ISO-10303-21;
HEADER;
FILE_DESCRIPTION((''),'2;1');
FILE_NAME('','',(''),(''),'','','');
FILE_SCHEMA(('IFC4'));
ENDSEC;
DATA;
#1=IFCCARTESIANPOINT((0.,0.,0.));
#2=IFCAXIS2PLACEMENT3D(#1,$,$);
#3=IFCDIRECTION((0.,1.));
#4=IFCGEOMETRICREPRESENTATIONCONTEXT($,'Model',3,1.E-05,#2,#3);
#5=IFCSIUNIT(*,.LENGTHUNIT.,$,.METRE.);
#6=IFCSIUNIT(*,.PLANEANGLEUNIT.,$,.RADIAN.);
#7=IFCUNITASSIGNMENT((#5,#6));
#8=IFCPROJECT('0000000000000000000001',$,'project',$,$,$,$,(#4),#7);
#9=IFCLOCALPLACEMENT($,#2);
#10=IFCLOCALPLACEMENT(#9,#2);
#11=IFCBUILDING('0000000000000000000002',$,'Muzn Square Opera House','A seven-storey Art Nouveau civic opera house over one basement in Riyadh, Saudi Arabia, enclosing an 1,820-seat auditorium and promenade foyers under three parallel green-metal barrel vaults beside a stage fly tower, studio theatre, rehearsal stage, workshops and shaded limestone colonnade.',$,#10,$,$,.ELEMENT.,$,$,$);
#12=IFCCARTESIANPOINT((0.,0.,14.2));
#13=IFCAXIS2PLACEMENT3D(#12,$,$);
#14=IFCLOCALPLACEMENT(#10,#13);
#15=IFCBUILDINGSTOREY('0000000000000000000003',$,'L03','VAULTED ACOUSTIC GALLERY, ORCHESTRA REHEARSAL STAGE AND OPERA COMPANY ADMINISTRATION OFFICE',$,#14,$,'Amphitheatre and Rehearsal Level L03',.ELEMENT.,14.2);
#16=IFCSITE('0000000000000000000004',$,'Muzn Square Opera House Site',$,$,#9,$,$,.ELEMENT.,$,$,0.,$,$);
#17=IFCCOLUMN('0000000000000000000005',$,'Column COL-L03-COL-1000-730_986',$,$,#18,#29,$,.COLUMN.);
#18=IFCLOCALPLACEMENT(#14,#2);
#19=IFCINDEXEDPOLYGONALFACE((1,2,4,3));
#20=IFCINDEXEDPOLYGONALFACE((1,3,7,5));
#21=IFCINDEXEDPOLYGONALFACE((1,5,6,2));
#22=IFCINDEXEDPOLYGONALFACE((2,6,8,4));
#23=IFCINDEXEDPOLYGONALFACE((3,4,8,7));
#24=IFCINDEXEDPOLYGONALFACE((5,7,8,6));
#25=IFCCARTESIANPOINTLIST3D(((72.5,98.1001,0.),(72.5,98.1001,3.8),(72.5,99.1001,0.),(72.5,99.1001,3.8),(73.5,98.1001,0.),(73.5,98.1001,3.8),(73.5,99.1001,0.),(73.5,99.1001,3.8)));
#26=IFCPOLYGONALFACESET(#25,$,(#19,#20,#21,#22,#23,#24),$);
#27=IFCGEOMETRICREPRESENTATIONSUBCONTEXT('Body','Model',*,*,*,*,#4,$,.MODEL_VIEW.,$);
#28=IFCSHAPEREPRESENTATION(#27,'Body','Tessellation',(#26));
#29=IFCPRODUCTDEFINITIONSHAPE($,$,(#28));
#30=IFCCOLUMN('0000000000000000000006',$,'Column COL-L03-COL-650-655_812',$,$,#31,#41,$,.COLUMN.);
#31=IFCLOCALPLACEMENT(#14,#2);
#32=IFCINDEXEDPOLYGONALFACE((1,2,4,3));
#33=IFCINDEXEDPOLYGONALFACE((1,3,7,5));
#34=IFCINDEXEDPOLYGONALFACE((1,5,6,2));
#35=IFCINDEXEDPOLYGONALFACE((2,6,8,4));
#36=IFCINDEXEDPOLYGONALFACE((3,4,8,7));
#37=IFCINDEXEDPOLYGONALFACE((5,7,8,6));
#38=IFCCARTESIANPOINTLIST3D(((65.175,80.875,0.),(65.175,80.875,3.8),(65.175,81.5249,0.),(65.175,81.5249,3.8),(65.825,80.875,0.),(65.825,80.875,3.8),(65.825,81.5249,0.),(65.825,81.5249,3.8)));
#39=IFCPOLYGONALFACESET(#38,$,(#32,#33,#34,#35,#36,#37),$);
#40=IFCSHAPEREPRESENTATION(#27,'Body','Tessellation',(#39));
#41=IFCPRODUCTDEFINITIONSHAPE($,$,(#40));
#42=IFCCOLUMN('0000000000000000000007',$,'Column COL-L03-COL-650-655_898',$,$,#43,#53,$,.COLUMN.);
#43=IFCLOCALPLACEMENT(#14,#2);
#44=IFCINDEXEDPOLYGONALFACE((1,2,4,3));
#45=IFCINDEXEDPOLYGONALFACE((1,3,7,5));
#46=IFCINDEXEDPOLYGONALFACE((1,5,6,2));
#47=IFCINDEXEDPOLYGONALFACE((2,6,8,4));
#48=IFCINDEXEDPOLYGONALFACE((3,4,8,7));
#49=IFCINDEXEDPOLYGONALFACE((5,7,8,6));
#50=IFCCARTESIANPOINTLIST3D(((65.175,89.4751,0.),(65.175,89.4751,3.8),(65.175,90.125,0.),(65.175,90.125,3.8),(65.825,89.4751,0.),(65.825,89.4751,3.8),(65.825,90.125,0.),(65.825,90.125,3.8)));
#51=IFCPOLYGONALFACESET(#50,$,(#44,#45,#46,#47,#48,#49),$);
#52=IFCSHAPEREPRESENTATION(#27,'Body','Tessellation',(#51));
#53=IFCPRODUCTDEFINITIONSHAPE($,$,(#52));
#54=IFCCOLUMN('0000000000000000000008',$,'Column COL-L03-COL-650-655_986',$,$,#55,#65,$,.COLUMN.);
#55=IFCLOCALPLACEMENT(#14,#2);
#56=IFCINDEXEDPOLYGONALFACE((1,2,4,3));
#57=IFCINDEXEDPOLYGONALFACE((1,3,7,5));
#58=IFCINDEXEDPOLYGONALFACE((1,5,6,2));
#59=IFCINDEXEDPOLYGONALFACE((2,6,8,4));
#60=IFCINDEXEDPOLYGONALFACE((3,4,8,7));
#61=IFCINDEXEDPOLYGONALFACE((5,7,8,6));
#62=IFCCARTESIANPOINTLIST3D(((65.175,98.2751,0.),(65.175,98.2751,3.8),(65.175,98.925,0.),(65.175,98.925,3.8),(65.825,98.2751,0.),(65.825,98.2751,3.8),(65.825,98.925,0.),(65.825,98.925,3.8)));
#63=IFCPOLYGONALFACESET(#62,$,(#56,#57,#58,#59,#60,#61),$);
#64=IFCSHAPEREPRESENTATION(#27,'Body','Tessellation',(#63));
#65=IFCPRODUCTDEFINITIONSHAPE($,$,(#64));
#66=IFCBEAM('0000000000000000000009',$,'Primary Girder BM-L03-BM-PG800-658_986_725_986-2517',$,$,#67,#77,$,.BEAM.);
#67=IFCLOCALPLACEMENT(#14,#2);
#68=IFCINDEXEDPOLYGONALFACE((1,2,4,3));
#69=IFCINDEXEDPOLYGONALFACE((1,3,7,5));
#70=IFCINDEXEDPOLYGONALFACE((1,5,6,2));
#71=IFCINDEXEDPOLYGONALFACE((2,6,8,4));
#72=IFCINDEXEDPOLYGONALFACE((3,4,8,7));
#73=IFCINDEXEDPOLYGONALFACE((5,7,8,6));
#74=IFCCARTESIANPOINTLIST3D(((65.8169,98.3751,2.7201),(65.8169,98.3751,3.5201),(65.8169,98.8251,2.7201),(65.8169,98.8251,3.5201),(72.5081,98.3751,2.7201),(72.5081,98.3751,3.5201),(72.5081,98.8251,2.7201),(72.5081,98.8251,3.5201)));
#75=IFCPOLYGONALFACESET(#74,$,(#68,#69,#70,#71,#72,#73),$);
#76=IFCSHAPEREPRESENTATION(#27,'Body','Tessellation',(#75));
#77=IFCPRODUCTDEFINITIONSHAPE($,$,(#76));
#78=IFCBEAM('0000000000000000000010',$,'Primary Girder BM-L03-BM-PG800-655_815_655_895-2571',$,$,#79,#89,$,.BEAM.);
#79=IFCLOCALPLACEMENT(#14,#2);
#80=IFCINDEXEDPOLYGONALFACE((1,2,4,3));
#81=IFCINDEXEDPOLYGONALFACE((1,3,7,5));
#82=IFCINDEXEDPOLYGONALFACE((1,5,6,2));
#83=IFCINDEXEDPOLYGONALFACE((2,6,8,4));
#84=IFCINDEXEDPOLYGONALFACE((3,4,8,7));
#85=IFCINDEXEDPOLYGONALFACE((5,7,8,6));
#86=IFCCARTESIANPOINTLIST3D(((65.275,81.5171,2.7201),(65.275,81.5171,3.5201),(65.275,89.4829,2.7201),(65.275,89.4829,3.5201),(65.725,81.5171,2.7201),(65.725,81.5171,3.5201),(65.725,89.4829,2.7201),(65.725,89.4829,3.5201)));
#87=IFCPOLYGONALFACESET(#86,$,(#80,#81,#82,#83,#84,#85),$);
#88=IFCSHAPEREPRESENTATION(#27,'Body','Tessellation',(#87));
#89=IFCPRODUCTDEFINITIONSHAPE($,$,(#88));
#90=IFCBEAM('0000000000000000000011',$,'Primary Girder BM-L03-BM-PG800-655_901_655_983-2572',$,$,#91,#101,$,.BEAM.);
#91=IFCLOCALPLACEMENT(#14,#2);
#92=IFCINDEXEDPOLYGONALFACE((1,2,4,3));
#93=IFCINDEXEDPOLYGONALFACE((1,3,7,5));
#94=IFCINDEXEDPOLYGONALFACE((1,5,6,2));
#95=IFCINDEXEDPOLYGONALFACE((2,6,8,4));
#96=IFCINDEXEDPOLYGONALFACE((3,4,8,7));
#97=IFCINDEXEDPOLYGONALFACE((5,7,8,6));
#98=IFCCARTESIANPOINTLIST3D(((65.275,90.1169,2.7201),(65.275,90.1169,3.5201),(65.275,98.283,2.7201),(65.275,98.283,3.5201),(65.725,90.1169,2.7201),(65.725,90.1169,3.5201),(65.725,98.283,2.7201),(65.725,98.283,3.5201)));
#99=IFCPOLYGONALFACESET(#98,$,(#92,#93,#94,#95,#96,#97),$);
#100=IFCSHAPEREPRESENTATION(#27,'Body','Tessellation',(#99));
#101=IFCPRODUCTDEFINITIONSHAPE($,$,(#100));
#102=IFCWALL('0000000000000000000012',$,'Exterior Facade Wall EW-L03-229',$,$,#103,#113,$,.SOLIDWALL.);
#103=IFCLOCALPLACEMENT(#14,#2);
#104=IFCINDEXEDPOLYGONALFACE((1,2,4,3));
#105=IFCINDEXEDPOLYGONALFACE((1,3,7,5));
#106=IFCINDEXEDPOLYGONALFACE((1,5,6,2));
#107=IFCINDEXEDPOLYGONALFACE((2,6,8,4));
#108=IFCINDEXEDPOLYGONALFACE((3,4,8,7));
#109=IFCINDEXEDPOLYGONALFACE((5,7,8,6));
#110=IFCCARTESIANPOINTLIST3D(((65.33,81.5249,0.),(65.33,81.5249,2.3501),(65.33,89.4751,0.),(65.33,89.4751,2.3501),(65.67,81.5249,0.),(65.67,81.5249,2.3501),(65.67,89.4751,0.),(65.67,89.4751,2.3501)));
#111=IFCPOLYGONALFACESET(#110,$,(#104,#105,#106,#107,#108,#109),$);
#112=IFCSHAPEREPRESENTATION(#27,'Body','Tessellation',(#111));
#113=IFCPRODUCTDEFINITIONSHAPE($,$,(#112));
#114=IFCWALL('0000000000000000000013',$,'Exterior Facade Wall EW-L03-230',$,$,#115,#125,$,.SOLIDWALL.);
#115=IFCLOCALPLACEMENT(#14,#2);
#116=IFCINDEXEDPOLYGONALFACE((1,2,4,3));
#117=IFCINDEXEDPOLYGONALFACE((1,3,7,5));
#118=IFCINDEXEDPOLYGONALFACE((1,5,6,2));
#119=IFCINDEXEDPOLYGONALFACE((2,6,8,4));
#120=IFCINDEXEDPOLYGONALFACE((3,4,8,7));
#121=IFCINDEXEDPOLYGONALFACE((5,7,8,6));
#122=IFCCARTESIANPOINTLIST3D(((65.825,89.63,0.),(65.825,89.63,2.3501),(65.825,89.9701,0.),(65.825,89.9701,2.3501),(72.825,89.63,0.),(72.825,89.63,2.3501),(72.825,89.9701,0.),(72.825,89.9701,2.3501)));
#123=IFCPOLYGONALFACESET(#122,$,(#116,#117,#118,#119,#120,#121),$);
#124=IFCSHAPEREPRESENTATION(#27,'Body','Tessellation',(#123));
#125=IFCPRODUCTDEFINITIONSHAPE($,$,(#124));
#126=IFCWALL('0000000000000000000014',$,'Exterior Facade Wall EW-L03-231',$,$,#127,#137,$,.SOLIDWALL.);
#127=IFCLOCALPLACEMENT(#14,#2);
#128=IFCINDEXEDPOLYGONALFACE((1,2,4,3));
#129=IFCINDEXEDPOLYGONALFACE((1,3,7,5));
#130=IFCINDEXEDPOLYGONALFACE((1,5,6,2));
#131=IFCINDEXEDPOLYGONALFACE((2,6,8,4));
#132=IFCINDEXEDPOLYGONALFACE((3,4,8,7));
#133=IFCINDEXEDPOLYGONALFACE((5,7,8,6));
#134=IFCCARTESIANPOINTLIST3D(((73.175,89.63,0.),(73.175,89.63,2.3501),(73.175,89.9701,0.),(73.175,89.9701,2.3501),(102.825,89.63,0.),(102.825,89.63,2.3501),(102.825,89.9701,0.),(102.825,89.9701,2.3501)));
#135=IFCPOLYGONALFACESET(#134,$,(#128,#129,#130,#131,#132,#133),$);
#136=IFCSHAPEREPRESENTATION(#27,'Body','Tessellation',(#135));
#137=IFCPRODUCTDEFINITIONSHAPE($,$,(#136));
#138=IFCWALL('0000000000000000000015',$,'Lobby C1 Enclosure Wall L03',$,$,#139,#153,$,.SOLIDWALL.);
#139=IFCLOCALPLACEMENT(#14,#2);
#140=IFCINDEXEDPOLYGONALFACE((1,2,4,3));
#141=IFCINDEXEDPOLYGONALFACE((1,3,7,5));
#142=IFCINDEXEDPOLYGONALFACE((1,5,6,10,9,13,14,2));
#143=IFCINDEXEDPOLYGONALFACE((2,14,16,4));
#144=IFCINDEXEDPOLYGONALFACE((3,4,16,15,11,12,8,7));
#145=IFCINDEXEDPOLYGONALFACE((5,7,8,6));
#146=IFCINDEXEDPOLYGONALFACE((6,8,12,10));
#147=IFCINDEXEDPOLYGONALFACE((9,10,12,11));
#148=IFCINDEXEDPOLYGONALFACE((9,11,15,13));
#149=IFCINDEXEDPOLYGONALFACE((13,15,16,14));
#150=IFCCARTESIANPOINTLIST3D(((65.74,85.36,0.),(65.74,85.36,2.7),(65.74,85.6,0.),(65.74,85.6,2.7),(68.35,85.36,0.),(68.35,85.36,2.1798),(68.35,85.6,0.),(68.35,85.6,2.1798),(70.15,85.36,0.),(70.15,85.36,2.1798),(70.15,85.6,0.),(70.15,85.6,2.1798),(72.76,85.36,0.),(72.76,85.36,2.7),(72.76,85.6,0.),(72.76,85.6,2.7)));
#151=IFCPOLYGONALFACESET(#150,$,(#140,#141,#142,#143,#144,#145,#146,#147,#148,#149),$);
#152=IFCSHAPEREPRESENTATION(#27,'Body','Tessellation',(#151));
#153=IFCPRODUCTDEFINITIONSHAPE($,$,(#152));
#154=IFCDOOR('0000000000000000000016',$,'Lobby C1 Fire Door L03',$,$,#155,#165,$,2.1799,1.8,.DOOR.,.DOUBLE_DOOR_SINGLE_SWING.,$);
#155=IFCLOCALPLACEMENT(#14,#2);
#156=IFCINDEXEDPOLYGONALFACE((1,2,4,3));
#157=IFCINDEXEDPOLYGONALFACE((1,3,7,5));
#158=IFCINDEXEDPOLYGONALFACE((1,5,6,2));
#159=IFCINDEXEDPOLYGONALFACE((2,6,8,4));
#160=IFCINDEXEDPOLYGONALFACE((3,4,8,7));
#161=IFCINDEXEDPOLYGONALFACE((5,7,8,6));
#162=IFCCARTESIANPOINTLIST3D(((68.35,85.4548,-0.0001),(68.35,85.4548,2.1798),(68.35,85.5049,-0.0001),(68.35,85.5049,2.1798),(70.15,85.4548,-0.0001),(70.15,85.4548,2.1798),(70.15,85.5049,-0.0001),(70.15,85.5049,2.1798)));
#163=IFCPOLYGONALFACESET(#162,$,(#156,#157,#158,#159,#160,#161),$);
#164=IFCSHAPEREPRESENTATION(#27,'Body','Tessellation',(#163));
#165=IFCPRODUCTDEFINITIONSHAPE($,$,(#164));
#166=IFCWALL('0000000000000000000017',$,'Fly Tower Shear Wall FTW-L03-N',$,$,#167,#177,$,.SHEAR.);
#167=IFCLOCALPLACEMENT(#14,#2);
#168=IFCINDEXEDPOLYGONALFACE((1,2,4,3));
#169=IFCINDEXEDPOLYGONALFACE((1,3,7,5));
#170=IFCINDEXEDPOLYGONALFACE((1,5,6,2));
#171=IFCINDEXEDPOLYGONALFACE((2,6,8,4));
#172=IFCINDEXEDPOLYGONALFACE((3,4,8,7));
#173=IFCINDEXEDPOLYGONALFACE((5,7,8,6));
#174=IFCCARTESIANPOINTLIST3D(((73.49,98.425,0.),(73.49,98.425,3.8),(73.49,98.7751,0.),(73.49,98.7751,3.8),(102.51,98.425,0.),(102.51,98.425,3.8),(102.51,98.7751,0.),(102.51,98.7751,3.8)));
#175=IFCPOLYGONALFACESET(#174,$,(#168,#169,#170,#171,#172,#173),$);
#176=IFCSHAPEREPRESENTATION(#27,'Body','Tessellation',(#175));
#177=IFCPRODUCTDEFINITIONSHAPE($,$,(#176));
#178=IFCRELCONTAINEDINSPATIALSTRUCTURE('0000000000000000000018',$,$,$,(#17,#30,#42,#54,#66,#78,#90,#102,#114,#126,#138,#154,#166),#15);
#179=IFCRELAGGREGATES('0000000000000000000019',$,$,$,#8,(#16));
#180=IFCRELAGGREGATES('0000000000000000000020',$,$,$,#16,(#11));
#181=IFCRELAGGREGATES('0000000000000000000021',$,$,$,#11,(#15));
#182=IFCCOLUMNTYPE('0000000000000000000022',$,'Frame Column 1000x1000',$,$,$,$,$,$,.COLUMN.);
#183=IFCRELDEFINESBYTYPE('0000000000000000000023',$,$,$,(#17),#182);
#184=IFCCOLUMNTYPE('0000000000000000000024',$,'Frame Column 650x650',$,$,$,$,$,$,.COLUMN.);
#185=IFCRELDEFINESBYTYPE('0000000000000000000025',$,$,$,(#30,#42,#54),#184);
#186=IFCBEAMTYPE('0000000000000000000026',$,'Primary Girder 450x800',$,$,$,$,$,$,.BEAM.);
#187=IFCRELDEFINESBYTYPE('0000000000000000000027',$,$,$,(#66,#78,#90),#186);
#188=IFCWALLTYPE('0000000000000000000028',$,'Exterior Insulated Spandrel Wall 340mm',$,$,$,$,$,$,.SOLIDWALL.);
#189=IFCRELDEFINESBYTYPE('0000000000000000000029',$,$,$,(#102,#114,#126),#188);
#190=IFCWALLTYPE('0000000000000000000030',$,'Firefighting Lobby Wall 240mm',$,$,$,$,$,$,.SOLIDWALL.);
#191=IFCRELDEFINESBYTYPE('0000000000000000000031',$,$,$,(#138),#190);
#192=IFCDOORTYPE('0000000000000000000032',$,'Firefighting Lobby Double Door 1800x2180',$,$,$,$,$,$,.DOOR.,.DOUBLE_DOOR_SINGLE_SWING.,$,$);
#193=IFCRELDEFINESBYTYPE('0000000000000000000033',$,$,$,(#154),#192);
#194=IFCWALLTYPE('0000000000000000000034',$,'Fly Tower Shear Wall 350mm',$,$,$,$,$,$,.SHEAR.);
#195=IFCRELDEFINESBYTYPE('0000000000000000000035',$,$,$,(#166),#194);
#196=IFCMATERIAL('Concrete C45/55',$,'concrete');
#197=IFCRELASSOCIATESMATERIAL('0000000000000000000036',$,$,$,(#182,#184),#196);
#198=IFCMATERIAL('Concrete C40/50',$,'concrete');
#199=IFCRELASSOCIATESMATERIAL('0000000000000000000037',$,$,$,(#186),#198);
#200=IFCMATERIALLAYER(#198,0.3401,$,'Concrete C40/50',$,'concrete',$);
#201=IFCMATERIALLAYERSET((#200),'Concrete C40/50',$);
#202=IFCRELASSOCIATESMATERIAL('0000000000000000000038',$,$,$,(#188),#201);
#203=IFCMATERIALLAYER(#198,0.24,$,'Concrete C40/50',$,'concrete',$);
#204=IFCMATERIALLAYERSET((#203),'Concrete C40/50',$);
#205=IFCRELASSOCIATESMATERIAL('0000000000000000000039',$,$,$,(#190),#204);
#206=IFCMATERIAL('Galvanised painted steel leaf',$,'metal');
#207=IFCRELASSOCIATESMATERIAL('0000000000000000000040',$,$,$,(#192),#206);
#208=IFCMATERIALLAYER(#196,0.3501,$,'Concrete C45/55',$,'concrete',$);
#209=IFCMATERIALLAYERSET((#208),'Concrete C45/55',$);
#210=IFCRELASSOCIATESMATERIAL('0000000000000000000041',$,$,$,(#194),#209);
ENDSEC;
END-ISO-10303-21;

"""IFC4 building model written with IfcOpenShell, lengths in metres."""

from ifc_helpers import new_model, si_unit, direction, frame, frame_2d, origin, origin_2d, place, context, subcontext, project, spatial, rectangle, extrude, material, layer, layer_set, material_profile, profile_set, type_object, element, fill, save


model = new_model("IFC4")

# Units and contexts
model_context = context("Model", 3, precision=1e-05, world=origin(), true_north=direction((0.0, 1.0)))
body_context = subcontext(model_context, "Body", "Model", "MODEL_VIEW")
ifc_project = project(units=[si_unit("LENGTHUNIT", "METRE"), si_unit("PLANEANGLEUNIT", "RADIAN")], contexts=[model_context])

# Site, building, storey
site_placement = place(None, origin())
site = spatial("IfcSite", under=ifc_project, at=site_placement, Name="Muzn Square Opera House Site", CompositionType="ELEMENT", RefElevation=0.0)
building_placement = place(site_placement, origin())
building = spatial("IfcBuilding", under=site, at=building_placement, Name="Muzn Square Opera House", Description="A seven-storey Art Nouveau civic opera house over one basement in Riyadh, Saudi Arabia, enclosing an 1,820-seat auditorium and promenade foyers under three parallel green-metal barrel vaults beside a stage fly tower, studio theatre, rehearsal stage, workshops and shaded limestone colonnade.", CompositionType="ELEMENT")
storey_placement = place(building_placement, frame((0.0, 0.0, 14.2)))
storey = spatial("IfcBuildingStorey", under=building, at=storey_placement, Name="L03", Description="VAULTED ACOUSTIC GALLERY, ORCHESTRA REHEARSAL STAGE AND OPERA COMPANY ADMINISTRATION OFFICE", LongName="Amphitheatre and Rehearsal Level L03", CompositionType="ELEMENT", Elevation=14.2)

# Columns
ifc_material_1 = material(Name="Concrete C45/55", Category="concrete")
ifc_material_profile_1 = material_profile(ifc_material_1, rectangle(XDim=1.0, YDim=1.0, at=origin_2d()), Name="RC 1000x1000", Category="concrete")
ifc_profile_set_1 = profile_set([ifc_material_profile_1], Name="Concrete C45/55")
column_type_1 = type_object("IfcColumnType", Name="Frame Column 1000x1000", PredefinedType="COLUMN", material=ifc_profile_set_1)
column_placement = place(storey_placement, frame((73.0, 98.6001, 0.0), z_axis=(0.0, 0.0, 1.0), x_axis=(1.0, 0.0, 0.0)))
element("IfcColumn", 1, at=column_placement, inside=storey, type_object=column_type_1, Name="Column COL-L03-COL-1000-730_986", PredefinedType="COLUMN", context=body_context, shape_type="SweptSolid", body=[
    extrude(rectangle(XDim=1.0, YDim=1.0, at=origin_2d()), origin(), (0.0, 0.0, 1.0), 3.8),
])
ifc_material_profile_2 = material_profile(ifc_material_1, rectangle(XDim=0.6499, YDim=0.6499, at=origin_2d()), Name="RC 650x650", Category="concrete")
ifc_profile_set_2 = profile_set([ifc_material_profile_2], Name="Concrete C45/55")
column_type_2 = type_object("IfcColumnType", Name="Frame Column 650x650", PredefinedType="COLUMN", material=ifc_profile_set_2)
for number, where, z_axis, x_axis, name in (
    (2, (65.5, 81.2, 0.0), (0.0, 0.0, 1.0), (1.0, 0.0, 0.0), "Column COL-L03-COL-650-655_812"),
    (3, (65.5, 89.8, 0.0), (0.0, 0.0, 1.0), (1.0, 0.0, 0.0), "Column COL-L03-COL-650-655_898"),
    (4, (65.5, 98.6001, 0.0), (0.0, 0.0, 1.0), (1.0, 0.0, 0.0), "Column COL-L03-COL-650-655_986"),
):
    element("IfcColumn", number, at=place(storey_placement, frame(where, z_axis=z_axis, x_axis=x_axis)), inside=storey, type_object=column_type_2, Name=name, PredefinedType="COLUMN", context=body_context, shape_type="SweptSolid", body=[
        extrude(rectangle(XDim=0.6499, YDim=0.6499, at=origin_2d()), origin(), (0.0, 0.0, 1.0), 3.8),
    ])

# Beams
ifc_material_2 = material(Name="Concrete C40/50", Category="concrete")
ifc_material_profile_3 = material_profile(ifc_material_2, rectangle(XDim=0.45, YDim=0.8, at=origin_2d()), Name="RCB 450x800", Category="concrete")
ifc_profile_set_3 = profile_set([ifc_material_profile_3], Name="Concrete C40/50")
beam_type = type_object("IfcBeamType", Name="Primary Girder 450x800", PredefinedType="BEAM", material=ifc_profile_set_3)
beam_1_placement = place(storey_placement, frame((65.8169, 98.6001, 3.1201), z_axis=(1.0, 0.0, 0.0), x_axis=(0.0, 1.0, 0.0)))
element("IfcBeam", 5, at=beam_1_placement, inside=storey, type_object=beam_type, Name="Primary Girder BM-L03-BM-PG800-658_986_725_986-2517", PredefinedType="BEAM", context=body_context, shape_type="SweptSolid", body=[
    extrude(rectangle(XDim=0.45, YDim=0.8, at=origin_2d()), origin(), (0.0, 0.0, 1.0), 6.6912),
])
beam_2_placement = place(storey_placement, frame((65.5, 81.5171, 3.1201), z_axis=(0.0, 1.0, 0.0), x_axis=(-1.0, 0.0, 0.0)))
element("IfcBeam", 6, at=beam_2_placement, inside=storey, type_object=beam_type, Name="Primary Girder BM-L03-BM-PG800-655_815_655_895-2571", PredefinedType="BEAM", context=body_context, shape_type="SweptSolid", body=[
    extrude(rectangle(XDim=0.45, YDim=0.8, at=origin_2d()), origin(), (0.0, 0.0, 1.0), 7.9658),
])
beam_3_placement = place(storey_placement, frame((65.5, 90.1169, 3.1201), z_axis=(0.0, 1.0, 0.0), x_axis=(-1.0, 0.0, 0.0)))
element("IfcBeam", 7, at=beam_3_placement, inside=storey, type_object=beam_type, Name="Primary Girder BM-L03-BM-PG800-655_901_655_983-2572", PredefinedType="BEAM", context=body_context, shape_type="SweptSolid", body=[
    extrude(rectangle(XDim=0.45, YDim=0.8, at=origin_2d()), origin(), (0.0, 0.0, 1.0), 8.166),
])

# Shared definitions
ifc_material_3 = material(Name="Galvanised painted steel leaf", Category="metal")

# Walls
ifc_layer_1 = layer(ifc_material_2, 0.3401, Name="Concrete C40/50", Category="concrete")
ifc_layer_set_1 = layer_set([ifc_layer_1], Name="Concrete C40/50")
wall_type_1 = type_object("IfcWallType", Name="Exterior Insulated Spandrel Wall 340mm", PredefinedType="SOLIDWALL", material=ifc_layer_set_1)
wall_1_placement = place(storey_placement, frame((65.5, 81.5249, 0.0), z_axis=(0.0, 0.0, 1.0), x_axis=(0.0, 1.0, 0.0)))
element("IfcWall", 8, at=wall_1_placement, inside=storey, type_object=wall_type_1, Name="Exterior Facade Wall EW-L03-229", PredefinedType="SOLIDWALL", context=body_context, shape_type="SweptSolid", body=[
    extrude(rectangle(XDim=7.9502, YDim=0.3401, at=frame_2d((3.9751, 0.0))), origin(), (0.0, 0.0, 1.0), 2.3501),
])
wall_2_placement = place(storey_placement, frame((65.825, 89.8, 0.0), z_axis=(0.0, 0.0, 1.0), x_axis=(1.0, 0.0, 0.0)))
element("IfcWall", 9, at=wall_2_placement, inside=storey, type_object=wall_type_1, Name="Exterior Facade Wall EW-L03-230", PredefinedType="SOLIDWALL", context=body_context, shape_type="SweptSolid", body=[
    extrude(rectangle(XDim=7.0, YDim=0.3401, at=frame_2d((3.5, 0.0))), origin(), (0.0, 0.0, 1.0), 2.3501),
])
wall_3_placement = place(storey_placement, frame((73.175, 89.8, 0.0), z_axis=(0.0, 0.0, 1.0), x_axis=(1.0, 0.0, 0.0)))
element("IfcWall", 10, at=wall_3_placement, inside=storey, type_object=wall_type_1, Name="Exterior Facade Wall EW-L03-231", PredefinedType="SOLIDWALL", context=body_context, shape_type="SweptSolid", body=[
    extrude(rectangle(XDim=29.6499, YDim=0.3401, at=frame_2d((14.825, 0.0))), origin(), (0.0, 0.0, 1.0), 2.3501),
])

# Wall, opening, door
ifc_layer_2 = layer(ifc_material_2, 0.24, Name="Concrete C40/50", Category="concrete")
ifc_layer_set_2 = layer_set([ifc_layer_2], Name="Concrete C40/50")
wall_type_2 = type_object("IfcWallType", Name="Firefighting Lobby Wall 240mm", PredefinedType="SOLIDWALL", material=ifc_layer_set_2)
wall_4_placement = place(storey_placement, frame((65.74, 85.48, 0.0), z_axis=(0.0, 0.0, 1.0), x_axis=(1.0, 0.0, 0.0)))
wall_4 = element("IfcWall", 11, at=wall_4_placement, inside=storey, type_object=wall_type_2, Name="Lobby C1 Enclosure Wall L03", PredefinedType="SOLIDWALL", context=body_context, shape_type="SweptSolid", body=[
    extrude(rectangle(XDim=7.02, YDim=0.24, at=frame_2d((3.51, 0.0))), origin(), (0.0, 0.0, 1.0), 2.7),
])
opening_1_placement = place(wall_4_placement, frame((2.6101, 0.0, 0.0)))
opening_1 = element("IfcOpeningElement", 12, at=opening_1_placement, cuts=wall_4, PredefinedType="OPENING", context=body_context, shape_type="SweptSolid", body=[
    extrude(rectangle(XDim=1.8, YDim=2.1799, at=frame_2d((0.8999, 1.0898))), frame((0.0, 0.1299, 0.0), z_axis=(0.0, -1.0, 0.0), x_axis=(1.0, 0.0, 0.0)), (0.0, 0.0, 1.0), 0.26),
])
door_type_1 = type_object("IfcDoorType", Name="Firefighting Lobby Double Door 1800x2180", OperationType="DOUBLE_DOOR_SINGLE_SWING", PredefinedType="DOOR", material=ifc_material_3)
door_1_placement = place(opening_1_placement, origin())
door_1 = element("IfcDoor", 13, at=door_1_placement, inside=storey, type_object=door_type_1, Name="Lobby C1 Fire Door L03", OperationType="DOUBLE_DOOR_SINGLE_SWING", OverallHeight=2.1799, OverallWidth=1.8, PredefinedType="DOOR", context=body_context, shape_type="SweptSolid", body=[
    extrude(rectangle(XDim=1.8, YDim=2.1799, at=frame_2d((0.8999, 1.0898))), frame((0.0, 0.0249, 0.0), z_axis=(0.0, -1.0, 0.0), x_axis=(1.0, 0.0, 0.0)), (0.0, 0.0, 1.0), 0.05),
])
fill(opening_1, door_1)

# Wall
ifc_layer_3 = layer(ifc_material_1, 0.3501, Name="Concrete C45/55", Category="concrete")
ifc_layer_set_3 = layer_set([ifc_layer_3], Name="Concrete C45/55")
wall_type_3 = type_object("IfcWallType", Name="Fly Tower Shear Wall 350mm", PredefinedType="SHEAR", material=ifc_layer_set_3)
wall_5_placement = place(storey_placement, frame((73.49, 98.6001, 0.0), z_axis=(0.0, 0.0, 1.0), x_axis=(1.0, 0.0, 0.0)))
element("IfcWall", 14, at=wall_5_placement, inside=storey, type_object=wall_type_3, Name="Fly Tower Shear Wall FTW-L03-N", PredefinedType="SHEAR", context=body_context, shape_type="SweptSolid", body=[
    extrude(rectangle(XDim=29.02, YDim=0.3501, at=frame_2d((14.51, 0.0))), origin(), (0.0, 0.0, 1.0), 3.8),
])

save(model, "model.ifc")
